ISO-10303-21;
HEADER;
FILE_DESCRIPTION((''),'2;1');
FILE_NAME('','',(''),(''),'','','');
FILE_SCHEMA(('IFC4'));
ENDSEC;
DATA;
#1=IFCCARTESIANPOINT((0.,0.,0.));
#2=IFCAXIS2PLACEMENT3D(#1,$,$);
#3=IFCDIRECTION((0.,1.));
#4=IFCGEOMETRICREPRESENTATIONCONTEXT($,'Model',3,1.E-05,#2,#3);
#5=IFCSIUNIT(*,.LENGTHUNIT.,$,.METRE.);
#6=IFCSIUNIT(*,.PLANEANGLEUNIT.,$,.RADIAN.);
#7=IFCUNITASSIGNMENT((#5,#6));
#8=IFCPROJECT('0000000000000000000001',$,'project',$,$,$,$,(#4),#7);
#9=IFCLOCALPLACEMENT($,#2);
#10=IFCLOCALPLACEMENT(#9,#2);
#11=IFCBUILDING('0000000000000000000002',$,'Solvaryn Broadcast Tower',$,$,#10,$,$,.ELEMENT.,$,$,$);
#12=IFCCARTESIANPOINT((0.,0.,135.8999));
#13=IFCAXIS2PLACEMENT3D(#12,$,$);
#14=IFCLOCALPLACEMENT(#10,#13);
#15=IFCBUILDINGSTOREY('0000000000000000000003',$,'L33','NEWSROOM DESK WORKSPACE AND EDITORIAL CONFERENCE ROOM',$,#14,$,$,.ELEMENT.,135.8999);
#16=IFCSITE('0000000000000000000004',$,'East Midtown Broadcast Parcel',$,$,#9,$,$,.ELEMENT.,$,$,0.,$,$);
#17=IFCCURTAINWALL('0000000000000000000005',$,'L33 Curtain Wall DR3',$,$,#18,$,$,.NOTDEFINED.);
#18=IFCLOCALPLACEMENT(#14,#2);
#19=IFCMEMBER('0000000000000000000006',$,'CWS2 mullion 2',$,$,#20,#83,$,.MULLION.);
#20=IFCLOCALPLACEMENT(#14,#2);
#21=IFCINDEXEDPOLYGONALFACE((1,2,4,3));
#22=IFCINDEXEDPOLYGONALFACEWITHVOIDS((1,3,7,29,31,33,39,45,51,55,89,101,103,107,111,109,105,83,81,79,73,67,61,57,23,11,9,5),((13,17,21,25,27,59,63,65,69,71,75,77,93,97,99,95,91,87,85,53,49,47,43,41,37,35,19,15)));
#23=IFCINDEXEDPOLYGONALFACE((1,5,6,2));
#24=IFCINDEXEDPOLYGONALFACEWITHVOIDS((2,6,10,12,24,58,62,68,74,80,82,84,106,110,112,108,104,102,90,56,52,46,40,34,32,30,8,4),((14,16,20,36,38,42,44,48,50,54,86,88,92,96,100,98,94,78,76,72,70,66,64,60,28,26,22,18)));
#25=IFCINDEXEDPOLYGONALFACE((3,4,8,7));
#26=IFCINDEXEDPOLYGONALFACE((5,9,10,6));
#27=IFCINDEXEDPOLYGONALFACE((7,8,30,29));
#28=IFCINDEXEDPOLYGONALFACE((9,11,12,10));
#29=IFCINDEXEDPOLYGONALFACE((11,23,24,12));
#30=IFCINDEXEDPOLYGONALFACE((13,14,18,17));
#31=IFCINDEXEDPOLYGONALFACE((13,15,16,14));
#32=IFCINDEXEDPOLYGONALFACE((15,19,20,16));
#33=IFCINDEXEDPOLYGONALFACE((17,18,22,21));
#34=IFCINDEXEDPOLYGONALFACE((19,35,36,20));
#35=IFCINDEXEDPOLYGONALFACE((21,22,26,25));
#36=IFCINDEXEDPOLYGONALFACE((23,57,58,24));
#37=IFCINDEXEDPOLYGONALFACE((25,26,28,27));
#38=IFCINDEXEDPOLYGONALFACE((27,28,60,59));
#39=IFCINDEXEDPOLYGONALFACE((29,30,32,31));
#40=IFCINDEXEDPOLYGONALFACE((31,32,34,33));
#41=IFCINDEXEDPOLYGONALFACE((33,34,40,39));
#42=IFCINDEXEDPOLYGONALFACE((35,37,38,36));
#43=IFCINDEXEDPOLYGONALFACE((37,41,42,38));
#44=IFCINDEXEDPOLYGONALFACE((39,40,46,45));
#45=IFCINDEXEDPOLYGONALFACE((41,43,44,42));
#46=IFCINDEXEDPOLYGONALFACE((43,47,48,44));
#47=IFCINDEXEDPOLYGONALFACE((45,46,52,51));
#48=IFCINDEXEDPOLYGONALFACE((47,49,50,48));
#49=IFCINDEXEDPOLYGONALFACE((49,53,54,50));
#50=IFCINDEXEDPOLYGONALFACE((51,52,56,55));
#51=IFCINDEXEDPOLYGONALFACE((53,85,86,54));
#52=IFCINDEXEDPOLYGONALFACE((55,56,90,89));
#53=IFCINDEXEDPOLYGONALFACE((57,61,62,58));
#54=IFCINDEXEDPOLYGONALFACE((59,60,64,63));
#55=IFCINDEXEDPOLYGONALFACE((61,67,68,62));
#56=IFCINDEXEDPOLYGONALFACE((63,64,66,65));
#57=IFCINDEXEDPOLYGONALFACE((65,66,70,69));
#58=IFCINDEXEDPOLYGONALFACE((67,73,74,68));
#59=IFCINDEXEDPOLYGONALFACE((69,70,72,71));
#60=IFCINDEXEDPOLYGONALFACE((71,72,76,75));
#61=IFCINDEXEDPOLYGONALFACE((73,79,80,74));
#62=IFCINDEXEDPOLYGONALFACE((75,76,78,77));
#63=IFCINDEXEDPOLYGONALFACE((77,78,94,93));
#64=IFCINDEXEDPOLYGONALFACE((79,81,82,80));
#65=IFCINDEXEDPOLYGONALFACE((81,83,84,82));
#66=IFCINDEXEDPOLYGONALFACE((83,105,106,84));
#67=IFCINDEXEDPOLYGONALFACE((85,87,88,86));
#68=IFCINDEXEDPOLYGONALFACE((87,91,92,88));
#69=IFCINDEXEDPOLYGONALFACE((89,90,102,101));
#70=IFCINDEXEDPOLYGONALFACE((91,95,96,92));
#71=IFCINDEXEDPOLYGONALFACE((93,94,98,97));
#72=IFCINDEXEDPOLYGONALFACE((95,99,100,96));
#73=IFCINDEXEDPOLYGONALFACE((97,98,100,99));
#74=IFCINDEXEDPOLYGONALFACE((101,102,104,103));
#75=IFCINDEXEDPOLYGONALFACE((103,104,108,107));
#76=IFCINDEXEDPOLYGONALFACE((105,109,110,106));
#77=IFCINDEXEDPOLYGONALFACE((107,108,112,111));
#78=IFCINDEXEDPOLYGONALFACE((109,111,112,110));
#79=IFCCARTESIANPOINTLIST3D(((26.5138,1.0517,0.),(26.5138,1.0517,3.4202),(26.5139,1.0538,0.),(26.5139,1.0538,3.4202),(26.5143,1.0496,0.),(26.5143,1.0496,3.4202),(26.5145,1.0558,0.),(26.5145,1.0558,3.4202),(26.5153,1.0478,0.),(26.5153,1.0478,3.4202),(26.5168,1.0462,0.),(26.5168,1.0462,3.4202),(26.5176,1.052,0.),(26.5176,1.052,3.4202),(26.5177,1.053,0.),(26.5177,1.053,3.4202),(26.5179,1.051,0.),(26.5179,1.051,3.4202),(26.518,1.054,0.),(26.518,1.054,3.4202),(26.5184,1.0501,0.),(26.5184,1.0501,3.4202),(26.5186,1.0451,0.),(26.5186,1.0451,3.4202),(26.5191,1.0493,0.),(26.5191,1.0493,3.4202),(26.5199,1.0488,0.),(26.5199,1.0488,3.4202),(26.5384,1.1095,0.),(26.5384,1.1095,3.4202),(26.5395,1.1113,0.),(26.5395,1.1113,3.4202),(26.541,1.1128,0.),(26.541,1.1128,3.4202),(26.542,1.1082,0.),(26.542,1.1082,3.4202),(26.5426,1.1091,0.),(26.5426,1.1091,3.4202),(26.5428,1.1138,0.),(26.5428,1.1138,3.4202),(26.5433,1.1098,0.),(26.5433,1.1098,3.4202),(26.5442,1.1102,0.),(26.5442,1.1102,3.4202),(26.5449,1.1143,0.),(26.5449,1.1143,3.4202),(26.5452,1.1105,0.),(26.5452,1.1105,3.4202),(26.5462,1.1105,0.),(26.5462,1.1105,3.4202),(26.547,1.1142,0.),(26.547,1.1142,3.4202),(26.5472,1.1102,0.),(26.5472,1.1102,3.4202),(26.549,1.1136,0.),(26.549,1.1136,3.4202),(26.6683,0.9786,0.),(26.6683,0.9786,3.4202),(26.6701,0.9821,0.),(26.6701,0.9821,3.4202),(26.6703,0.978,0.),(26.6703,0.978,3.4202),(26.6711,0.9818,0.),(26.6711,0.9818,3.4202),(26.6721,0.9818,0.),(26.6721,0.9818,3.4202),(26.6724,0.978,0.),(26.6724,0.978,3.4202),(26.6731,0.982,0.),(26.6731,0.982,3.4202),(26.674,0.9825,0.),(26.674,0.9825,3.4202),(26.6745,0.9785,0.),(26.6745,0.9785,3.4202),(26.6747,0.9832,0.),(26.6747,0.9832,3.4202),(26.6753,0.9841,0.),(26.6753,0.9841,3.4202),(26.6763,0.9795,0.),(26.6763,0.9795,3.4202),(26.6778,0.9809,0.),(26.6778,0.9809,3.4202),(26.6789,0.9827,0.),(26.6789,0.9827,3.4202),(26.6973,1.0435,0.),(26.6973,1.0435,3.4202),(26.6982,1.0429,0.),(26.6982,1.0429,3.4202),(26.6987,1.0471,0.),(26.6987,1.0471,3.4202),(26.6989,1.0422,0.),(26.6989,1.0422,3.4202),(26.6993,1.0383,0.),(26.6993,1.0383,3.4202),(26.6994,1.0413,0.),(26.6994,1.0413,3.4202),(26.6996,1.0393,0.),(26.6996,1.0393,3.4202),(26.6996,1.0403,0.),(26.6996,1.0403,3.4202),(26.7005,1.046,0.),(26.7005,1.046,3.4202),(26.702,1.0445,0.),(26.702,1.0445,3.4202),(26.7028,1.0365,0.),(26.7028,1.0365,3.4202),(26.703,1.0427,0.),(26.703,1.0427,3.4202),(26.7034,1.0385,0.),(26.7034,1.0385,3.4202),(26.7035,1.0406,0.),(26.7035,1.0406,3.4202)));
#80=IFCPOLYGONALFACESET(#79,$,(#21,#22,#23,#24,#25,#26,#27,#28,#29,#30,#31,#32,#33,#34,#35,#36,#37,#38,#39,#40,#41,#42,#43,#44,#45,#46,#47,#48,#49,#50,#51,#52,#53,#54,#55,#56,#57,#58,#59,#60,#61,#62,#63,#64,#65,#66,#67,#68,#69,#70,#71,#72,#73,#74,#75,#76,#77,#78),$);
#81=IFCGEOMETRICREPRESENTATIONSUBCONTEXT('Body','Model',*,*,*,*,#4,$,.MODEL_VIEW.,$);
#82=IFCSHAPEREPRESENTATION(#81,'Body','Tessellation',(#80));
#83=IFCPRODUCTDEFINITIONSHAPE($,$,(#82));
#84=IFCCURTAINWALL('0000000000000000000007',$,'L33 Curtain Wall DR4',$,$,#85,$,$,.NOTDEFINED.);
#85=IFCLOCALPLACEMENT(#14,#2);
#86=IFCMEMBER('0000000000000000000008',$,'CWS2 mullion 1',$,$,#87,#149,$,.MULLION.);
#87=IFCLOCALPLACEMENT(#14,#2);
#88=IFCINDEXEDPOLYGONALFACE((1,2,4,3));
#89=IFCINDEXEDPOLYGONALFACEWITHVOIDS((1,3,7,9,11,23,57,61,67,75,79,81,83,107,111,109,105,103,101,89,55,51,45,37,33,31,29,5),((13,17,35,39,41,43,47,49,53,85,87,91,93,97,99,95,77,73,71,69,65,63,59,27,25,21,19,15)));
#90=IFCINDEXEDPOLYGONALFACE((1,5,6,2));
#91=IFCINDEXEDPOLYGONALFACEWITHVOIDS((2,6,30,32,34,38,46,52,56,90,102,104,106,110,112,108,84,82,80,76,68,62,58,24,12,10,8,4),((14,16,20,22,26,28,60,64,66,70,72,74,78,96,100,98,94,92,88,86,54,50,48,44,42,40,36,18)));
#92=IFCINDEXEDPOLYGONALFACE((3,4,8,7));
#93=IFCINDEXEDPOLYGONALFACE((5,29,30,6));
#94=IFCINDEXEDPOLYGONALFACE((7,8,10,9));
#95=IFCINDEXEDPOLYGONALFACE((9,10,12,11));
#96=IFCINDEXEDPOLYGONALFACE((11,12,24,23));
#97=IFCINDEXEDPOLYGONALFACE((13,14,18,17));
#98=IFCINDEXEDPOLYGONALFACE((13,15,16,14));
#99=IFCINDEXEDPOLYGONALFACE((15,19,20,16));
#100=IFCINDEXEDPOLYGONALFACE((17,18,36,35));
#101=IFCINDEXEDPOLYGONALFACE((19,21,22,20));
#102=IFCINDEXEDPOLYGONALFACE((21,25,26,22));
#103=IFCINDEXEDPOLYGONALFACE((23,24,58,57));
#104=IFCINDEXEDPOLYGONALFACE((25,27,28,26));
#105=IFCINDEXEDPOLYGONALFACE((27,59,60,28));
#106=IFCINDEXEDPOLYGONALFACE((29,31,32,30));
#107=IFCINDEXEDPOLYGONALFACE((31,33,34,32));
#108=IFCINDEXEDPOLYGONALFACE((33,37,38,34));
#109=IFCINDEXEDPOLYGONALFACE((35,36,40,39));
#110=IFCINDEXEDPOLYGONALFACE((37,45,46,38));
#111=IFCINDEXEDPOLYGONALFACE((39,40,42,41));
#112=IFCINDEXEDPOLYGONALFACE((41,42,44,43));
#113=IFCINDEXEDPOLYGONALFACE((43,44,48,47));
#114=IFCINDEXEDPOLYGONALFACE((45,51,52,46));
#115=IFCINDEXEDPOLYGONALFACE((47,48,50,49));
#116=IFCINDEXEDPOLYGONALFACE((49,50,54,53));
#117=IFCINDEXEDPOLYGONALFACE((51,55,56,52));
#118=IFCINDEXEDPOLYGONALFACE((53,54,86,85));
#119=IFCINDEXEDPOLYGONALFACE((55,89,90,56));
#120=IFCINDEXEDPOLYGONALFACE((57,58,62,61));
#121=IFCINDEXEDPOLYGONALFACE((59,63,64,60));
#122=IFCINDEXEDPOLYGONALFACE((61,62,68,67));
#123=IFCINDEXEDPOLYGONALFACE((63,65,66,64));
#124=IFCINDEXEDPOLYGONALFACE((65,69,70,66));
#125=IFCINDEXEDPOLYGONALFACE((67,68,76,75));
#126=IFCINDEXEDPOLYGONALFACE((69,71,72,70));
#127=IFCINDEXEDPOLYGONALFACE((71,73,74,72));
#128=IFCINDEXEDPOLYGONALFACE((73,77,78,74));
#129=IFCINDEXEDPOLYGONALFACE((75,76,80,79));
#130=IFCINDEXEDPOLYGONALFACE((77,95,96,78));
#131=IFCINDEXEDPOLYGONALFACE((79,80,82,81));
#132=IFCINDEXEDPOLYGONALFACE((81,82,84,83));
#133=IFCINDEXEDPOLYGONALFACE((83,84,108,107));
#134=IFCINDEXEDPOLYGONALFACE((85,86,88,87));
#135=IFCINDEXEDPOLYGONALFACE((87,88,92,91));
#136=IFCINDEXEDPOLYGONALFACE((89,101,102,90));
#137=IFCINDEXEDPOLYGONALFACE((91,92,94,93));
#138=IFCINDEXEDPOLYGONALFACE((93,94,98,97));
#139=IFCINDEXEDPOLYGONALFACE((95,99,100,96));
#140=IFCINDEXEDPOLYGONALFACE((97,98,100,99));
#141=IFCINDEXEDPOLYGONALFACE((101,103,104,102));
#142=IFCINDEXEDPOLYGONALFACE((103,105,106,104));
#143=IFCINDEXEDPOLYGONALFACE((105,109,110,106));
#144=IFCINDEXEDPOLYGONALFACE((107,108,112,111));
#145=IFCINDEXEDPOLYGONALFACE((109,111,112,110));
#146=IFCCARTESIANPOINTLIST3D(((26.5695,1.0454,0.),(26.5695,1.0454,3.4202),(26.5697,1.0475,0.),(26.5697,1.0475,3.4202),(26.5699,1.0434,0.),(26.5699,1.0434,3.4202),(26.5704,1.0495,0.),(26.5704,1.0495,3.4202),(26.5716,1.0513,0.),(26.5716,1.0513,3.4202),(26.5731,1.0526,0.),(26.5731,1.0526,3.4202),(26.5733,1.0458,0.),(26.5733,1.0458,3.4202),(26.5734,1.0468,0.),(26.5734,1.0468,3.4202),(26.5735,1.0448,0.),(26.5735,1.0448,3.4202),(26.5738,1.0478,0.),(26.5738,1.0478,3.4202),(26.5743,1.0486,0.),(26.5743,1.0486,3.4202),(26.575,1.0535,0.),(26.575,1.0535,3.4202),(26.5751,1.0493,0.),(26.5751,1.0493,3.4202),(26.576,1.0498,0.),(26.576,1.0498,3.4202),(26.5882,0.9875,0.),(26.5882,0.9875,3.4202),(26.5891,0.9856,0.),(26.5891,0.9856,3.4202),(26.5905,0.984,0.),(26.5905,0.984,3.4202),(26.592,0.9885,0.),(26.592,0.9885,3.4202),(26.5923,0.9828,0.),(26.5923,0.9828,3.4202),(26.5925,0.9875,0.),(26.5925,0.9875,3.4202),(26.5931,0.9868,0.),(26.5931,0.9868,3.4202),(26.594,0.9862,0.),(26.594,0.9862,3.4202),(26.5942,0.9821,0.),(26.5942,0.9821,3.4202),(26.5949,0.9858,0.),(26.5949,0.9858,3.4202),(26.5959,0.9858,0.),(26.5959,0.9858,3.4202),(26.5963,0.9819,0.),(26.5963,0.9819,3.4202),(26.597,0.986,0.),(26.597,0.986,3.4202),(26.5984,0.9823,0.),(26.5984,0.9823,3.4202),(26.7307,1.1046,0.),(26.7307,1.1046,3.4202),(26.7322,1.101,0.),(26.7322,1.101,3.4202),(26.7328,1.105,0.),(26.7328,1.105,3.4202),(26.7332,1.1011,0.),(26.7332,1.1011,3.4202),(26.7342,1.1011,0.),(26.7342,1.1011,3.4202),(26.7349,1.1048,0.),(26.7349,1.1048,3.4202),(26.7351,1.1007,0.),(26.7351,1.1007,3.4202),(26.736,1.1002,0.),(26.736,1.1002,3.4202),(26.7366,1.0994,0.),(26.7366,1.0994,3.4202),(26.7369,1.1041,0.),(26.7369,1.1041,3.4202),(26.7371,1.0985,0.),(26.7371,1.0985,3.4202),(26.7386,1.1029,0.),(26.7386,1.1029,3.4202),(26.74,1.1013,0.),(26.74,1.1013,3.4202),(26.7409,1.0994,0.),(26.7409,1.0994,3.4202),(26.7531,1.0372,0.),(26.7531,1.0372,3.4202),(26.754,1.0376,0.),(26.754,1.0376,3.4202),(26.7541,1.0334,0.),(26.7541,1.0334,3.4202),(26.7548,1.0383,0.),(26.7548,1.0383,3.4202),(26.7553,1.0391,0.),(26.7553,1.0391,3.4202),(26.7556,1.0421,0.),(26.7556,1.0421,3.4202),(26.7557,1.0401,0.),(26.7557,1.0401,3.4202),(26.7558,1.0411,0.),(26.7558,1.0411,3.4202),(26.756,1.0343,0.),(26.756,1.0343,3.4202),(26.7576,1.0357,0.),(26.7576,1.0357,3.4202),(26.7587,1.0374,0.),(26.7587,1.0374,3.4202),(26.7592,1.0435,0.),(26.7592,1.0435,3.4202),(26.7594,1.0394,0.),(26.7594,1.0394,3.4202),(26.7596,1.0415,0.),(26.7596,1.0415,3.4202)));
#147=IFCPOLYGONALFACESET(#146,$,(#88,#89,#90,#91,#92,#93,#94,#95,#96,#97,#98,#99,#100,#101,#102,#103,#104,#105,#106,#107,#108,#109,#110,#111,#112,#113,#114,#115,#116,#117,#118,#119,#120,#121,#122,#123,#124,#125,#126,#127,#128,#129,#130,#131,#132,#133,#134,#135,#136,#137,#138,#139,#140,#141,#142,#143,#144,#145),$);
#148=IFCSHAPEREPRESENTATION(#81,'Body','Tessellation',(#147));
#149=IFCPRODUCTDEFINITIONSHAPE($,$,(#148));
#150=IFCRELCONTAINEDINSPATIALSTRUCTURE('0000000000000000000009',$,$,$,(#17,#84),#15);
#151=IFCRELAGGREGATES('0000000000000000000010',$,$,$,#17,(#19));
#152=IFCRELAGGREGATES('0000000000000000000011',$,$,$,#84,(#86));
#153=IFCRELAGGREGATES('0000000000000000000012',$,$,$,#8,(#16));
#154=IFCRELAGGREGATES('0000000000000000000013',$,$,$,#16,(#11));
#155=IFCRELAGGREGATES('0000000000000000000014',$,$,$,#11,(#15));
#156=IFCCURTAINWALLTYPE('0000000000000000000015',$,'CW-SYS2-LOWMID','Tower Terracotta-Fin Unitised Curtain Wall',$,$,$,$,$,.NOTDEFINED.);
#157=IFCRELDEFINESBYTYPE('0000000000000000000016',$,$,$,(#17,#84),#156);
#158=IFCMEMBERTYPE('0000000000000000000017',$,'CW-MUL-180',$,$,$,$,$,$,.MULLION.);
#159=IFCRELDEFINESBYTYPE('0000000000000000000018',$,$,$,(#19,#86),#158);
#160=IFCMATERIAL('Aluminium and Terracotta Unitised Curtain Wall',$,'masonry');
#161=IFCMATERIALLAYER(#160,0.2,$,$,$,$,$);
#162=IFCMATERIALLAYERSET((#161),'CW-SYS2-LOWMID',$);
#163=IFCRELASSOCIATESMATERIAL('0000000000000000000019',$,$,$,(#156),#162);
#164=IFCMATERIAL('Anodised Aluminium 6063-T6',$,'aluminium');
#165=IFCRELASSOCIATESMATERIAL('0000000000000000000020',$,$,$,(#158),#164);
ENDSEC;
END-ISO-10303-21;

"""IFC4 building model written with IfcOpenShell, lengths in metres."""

from ifc_helpers import new_model, si_unit, direction, frame, origin, origin_2d, place, context, subcontext, project, spatial, hollow_rectangle, extrude, material, layer, layer_set, material_profile, profile_set, type_object, element, aggregate, save


model = new_model("IFC4")

# Units and contexts
model_context = context("Model", 3, precision=1e-05, world=origin(), true_north=direction((0.0, 1.0)))
body_context = subcontext(model_context, "Body", "Model", "MODEL_VIEW")
ifc_project = project(units=[si_unit("LENGTHUNIT", "METRE"), si_unit("PLANEANGLEUNIT", "RADIAN")], contexts=[model_context])

# Site, building, storey
site_placement = place(None, origin())
site = spatial("IfcSite", under=ifc_project, at=site_placement, Name="East Midtown Broadcast Parcel", CompositionType="ELEMENT", RefElevation=0.0)
building_placement = place(site_placement, origin())
building = spatial("IfcBuilding", under=site, at=building_placement, Name="Solvaryn Broadcast Tower", CompositionType="ELEMENT")
storey_placement = place(building_placement, frame((0.0, 0.0, 135.8999)))
storey = spatial("IfcBuildingStorey", under=building, at=storey_placement, Name="L33", Description="NEWSROOM DESK WORKSPACE AND EDITORIAL CONFERENCE ROOM", CompositionType="ELEMENT", Elevation=135.8999)

# Curtain wall, member
ifc_material_1 = material(Name="Aluminium and Terracotta Unitised Curtain Wall", Category="masonry")
ifc_layer_1 = layer(ifc_material_1, 0.2)
ifc_layer_set_1 = layer_set([ifc_layer_1], Name="CW-SYS2-LOWMID")
curtain_wall_type = type_object("IfcCurtainWallType", Name="CW-SYS2-LOWMID", Description="Tower Terracotta-Fin Unitised Curtain Wall", PredefinedType="NOTDEFINED", material=ifc_layer_set_1)
curtain_wall_1_placement = place(storey_placement, origin())
curtain_wall_1 = element("IfcCurtainWall", 1, at=curtain_wall_1_placement, inside=storey, type_object=curtain_wall_type, Name="L33 Curtain Wall DR3", PredefinedType="NOTDEFINED")
ifc_material_2 = material(Name="Anodised Aluminium 6063-T6", Category="aluminium")
ifc_material_profile_1 = material_profile(ifc_material_2, hollow_rectangle(XDim=0.075, YDim=0.1799, WallThickness=0.0039, InnerFilletRadius=0.0039, OuterFilletRadius=0.0081, at=origin_2d()))
ifc_profile_set_1 = profile_set([ifc_material_profile_1], Name="Anodised Aluminium 6063-T6")
member_type_1 = type_object("IfcMemberType", Name="CW-MUL-180", PredefinedType="MULLION", material=ifc_profile_set_1)
member_1_placement = place(storey_placement, frame((26.6086, 1.0461, 0.0), z_axis=(0.0, 0.0, 1.0), x_axis=(0.405918, 0.913909, 0.0)))
member_1 = element("IfcMember", 2, at=member_1_placement, type_object=member_type_1, Name="CWS2 mullion 2", PredefinedType="MULLION", context=body_context, shape_type="SweptSolid", body=[
    extrude(hollow_rectangle(XDim=0.075, YDim=0.1799, WallThickness=0.0039, InnerFilletRadius=0.0039, OuterFilletRadius=0.0081, at=origin_2d()), origin(), (0.0, 0.0, 1.0), 3.4202),
])
aggregate(curtain_wall_1, [member_1])

# Curtain wall, member
curtain_wall_2_placement = place(storey_placement, origin())
curtain_wall_2 = element("IfcCurtainWall", 3, at=curtain_wall_2_placement, inside=storey, type_object=curtain_wall_type, Name="L33 Curtain Wall DR4", PredefinedType="NOTDEFINED")
member_2_placement = place(storey_placement, frame((26.6646, 1.0435, 0.0), z_axis=(0.0, 0.0, 1.0), x_axis=(-0.311646, 0.950198, 0.0)))
member_2 = element("IfcMember", 4, at=member_2_placement, type_object=member_type_1, Name="CWS2 mullion 1", PredefinedType="MULLION", context=body_context, shape_type="SweptSolid", body=[
    extrude(hollow_rectangle(XDim=0.075, YDim=0.1799, WallThickness=0.0039, InnerFilletRadius=0.0039, OuterFilletRadius=0.0081, at=origin_2d()), origin(), (0.0, 0.0, 1.0), 3.4202),
])
aggregate(curtain_wall_2, [member_2])

save(model, "model.ifc")
